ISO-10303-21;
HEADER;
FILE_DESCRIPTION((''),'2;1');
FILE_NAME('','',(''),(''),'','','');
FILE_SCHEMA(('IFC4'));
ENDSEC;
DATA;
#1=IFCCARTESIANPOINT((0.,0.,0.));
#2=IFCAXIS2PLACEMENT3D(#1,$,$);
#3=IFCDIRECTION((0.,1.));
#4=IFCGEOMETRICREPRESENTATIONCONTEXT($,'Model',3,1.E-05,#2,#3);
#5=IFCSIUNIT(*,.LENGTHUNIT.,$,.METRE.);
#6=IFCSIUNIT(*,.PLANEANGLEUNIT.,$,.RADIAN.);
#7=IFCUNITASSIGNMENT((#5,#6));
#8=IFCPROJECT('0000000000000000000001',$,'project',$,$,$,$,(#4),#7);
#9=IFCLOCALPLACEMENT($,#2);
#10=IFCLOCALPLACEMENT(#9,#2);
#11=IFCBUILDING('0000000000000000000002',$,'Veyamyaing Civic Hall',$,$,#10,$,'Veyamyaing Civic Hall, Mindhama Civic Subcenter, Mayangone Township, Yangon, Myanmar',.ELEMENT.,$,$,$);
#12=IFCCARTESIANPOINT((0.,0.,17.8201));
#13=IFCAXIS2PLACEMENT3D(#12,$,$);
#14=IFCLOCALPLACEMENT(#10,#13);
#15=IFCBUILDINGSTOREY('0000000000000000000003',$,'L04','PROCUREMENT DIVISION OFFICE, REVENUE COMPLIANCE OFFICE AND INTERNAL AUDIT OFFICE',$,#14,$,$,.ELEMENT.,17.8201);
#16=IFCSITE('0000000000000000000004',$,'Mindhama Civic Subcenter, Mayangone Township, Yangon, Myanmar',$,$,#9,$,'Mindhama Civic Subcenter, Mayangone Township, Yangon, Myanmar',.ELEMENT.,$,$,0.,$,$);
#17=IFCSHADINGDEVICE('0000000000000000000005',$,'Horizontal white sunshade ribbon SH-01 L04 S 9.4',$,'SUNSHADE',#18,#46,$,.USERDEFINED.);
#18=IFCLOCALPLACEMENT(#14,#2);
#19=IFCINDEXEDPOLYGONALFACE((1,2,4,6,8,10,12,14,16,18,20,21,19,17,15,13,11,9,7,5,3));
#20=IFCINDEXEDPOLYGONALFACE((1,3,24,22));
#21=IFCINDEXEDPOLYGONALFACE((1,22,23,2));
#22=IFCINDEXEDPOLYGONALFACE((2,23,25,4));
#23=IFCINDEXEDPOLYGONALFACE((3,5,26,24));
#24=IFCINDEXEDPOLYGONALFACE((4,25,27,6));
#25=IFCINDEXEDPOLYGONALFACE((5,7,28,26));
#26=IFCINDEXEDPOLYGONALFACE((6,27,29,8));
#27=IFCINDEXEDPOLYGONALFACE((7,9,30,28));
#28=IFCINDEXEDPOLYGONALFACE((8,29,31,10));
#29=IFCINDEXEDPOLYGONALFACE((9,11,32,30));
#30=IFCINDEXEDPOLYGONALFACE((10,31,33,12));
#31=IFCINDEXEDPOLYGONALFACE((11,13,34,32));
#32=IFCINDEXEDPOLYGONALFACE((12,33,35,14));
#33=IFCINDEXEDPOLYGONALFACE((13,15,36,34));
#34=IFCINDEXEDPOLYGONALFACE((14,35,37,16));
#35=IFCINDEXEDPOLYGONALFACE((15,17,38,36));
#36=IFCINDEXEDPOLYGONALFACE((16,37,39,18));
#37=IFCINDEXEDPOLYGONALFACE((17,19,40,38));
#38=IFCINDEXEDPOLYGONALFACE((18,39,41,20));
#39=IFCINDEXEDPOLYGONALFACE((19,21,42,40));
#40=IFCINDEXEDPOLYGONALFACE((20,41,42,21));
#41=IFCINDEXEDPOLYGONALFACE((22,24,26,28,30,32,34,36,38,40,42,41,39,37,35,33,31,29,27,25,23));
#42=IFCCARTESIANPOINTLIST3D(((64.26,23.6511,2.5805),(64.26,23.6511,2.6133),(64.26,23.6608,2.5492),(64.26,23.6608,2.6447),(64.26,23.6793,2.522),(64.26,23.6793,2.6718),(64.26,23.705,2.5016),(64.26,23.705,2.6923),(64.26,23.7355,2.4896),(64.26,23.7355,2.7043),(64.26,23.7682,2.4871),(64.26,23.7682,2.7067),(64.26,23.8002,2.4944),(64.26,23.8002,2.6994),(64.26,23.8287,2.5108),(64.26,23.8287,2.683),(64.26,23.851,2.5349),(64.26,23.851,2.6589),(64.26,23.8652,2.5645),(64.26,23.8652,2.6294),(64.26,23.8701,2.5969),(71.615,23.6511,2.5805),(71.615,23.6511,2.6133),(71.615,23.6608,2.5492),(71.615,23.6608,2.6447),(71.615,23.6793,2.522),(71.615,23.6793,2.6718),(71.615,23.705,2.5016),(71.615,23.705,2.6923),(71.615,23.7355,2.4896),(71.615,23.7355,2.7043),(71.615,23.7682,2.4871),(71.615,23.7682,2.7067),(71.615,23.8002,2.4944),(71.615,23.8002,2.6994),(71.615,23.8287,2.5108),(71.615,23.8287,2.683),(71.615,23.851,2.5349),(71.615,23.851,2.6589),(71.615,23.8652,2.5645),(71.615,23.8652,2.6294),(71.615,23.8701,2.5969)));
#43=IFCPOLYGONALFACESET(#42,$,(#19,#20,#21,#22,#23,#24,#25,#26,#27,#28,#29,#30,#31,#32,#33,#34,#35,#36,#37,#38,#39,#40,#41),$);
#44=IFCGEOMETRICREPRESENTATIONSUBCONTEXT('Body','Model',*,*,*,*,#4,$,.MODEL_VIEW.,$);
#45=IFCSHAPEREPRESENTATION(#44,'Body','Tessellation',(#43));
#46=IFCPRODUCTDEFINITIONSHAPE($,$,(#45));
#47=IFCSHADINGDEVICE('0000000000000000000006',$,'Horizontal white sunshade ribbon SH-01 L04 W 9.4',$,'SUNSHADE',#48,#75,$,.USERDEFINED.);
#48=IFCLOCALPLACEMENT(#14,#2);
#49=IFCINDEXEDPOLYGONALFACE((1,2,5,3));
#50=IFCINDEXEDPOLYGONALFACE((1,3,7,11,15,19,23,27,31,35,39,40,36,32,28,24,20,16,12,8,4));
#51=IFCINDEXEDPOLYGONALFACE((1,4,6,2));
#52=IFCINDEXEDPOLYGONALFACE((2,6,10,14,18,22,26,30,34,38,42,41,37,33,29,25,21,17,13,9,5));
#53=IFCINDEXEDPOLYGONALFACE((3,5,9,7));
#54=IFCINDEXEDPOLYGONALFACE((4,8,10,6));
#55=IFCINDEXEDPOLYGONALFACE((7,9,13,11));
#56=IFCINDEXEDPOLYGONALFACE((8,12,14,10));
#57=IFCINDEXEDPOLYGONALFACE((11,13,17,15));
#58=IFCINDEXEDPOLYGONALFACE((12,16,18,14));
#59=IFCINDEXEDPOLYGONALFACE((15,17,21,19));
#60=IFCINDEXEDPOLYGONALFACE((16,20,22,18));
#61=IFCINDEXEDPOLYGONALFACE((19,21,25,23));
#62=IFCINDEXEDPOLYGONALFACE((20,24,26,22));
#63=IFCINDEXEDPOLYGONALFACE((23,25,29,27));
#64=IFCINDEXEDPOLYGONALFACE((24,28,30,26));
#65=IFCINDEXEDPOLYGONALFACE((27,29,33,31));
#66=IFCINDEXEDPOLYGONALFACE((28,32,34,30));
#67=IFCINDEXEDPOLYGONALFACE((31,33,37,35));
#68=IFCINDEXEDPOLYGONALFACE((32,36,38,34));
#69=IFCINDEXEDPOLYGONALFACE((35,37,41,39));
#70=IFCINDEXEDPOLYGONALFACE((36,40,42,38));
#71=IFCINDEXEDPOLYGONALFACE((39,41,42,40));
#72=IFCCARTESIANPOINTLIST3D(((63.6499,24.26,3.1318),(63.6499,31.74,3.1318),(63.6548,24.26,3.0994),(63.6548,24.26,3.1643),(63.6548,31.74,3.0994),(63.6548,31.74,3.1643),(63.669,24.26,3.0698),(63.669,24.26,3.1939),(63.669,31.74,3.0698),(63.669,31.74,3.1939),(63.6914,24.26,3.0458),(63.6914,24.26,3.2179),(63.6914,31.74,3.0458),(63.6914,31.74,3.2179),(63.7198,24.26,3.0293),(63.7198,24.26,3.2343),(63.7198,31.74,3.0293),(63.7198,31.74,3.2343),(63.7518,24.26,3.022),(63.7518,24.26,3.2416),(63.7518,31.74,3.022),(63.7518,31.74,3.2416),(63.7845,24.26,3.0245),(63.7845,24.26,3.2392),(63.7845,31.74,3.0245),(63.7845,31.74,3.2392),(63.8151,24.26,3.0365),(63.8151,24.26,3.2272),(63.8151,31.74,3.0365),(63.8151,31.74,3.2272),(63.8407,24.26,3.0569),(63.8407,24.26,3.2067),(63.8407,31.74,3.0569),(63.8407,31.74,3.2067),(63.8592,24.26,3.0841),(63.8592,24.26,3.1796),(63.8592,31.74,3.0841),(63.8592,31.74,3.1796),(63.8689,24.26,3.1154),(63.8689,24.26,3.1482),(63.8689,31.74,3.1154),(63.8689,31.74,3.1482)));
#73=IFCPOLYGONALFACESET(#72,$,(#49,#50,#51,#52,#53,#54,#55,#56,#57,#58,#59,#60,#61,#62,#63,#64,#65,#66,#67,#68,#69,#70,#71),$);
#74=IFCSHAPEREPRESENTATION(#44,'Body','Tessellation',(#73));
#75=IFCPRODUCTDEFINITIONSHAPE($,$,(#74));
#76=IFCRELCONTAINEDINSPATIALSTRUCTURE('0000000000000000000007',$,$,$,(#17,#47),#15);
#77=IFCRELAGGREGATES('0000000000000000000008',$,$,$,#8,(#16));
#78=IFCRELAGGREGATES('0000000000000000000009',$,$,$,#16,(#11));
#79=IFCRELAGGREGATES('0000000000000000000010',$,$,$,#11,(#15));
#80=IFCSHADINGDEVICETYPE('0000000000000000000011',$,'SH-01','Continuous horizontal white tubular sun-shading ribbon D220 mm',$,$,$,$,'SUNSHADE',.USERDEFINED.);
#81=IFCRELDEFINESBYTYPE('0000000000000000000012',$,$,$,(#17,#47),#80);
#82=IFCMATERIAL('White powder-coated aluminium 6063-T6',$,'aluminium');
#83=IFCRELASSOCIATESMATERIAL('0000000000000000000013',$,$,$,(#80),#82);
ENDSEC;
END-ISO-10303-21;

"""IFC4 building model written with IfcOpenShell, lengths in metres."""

from ifc_helpers import new_model, si_unit, direction, frame, origin, origin_2d, place, context, subcontext, project, spatial, circle, extrude, material, material_profile, profile_set, type_object, element, save


model = new_model("IFC4")

# Units and contexts
model_context = context("Model", 3, precision=1e-05, world=origin(), true_north=direction((0.0, 1.0)))
body_context = subcontext(model_context, "Body", "Model", "MODEL_VIEW")
ifc_project = project(units=[si_unit("LENGTHUNIT", "METRE"), si_unit("PLANEANGLEUNIT", "RADIAN")], contexts=[model_context])

# Site, building, storey
site_placement = place(None, origin())
site = spatial("IfcSite", under=ifc_project, at=site_placement, Name="Mindhama Civic Subcenter, Mayangone Township, Yangon, Myanmar", LongName="Mindhama Civic Subcenter, Mayangone Township, Yangon, Myanmar", CompositionType="ELEMENT", RefElevation=0.0)
building_placement = place(site_placement, origin())
building = spatial("IfcBuilding", under=site, at=building_placement, Name="Veyamyaing Civic Hall", LongName="Veyamyaing Civic Hall, Mindhama Civic Subcenter, Mayangone Township, Yangon, Myanmar", CompositionType="ELEMENT")
storey_placement = place(building_placement, frame((0.0, 0.0, 17.8201)))
storey = spatial("IfcBuildingStorey", under=building, at=storey_placement, Name="L04", Description="PROCUREMENT DIVISION OFFICE, REVENUE COMPLIANCE OFFICE AND INTERNAL AUDIT OFFICE", CompositionType="ELEMENT", Elevation=17.8201)

# Shared definitions
ifc_material_1 = material(Name="White powder-coated aluminium 6063-T6", Category="aluminium")

# Shading devices
ifc_material_profile_1 = material_profile(ifc_material_1, circle(Radius=0.1101, at=origin_2d()), Name="SHADE-TUBE-220")
ifc_profile_set_1 = profile_set([ifc_material_profile_1], Name="White powder-coated aluminium 6063-T6")
shading_device_type = type_object("IfcShadingDeviceType", Name="SH-01", Description="Continuous horizontal white tubular sun-shading ribbon D220 mm", ElementType="SUNSHADE", PredefinedType="USERDEFINED", material=ifc_profile_set_1)
shading_device_1_placement = place(storey_placement, frame((64.26, 23.76, 2.5969), z_axis=(1.0, 0.0, 0.0), x_axis=(0.0, 1.0, 0.0)))
element("IfcShadingDevice", 1, at=shading_device_1_placement, inside=storey, type_object=shading_device_type, Name="Horizontal white sunshade ribbon SH-01 L04 S 9.4", ObjectType="SUNSHADE", PredefinedType="USERDEFINED", context=body_context, shape_type="SweptSolid", body=[
    extrude(circle(Radius=0.1101, at=origin_2d()), origin(), (0.0, 0.0, 1.0), 7.355),
])
shading_device_2_placement = place(storey_placement, frame((63.76, 24.26, 3.1318), z_axis=(0.0, 1.0, 0.0), x_axis=(-1.0, 0.0, 0.0)))
element("IfcShadingDevice", 2, at=shading_device_2_placement, inside=storey, type_object=shading_device_type, Name="Horizontal white sunshade ribbon SH-01 L04 W 9.4", ObjectType="SUNSHADE", PredefinedType="USERDEFINED", context=body_context, shape_type="SweptSolid", body=[
    extrude(circle(Radius=0.1101, at=origin_2d()), origin(), (0.0, 0.0, 1.0), 7.48),
])

save(model, "model.ifc")
